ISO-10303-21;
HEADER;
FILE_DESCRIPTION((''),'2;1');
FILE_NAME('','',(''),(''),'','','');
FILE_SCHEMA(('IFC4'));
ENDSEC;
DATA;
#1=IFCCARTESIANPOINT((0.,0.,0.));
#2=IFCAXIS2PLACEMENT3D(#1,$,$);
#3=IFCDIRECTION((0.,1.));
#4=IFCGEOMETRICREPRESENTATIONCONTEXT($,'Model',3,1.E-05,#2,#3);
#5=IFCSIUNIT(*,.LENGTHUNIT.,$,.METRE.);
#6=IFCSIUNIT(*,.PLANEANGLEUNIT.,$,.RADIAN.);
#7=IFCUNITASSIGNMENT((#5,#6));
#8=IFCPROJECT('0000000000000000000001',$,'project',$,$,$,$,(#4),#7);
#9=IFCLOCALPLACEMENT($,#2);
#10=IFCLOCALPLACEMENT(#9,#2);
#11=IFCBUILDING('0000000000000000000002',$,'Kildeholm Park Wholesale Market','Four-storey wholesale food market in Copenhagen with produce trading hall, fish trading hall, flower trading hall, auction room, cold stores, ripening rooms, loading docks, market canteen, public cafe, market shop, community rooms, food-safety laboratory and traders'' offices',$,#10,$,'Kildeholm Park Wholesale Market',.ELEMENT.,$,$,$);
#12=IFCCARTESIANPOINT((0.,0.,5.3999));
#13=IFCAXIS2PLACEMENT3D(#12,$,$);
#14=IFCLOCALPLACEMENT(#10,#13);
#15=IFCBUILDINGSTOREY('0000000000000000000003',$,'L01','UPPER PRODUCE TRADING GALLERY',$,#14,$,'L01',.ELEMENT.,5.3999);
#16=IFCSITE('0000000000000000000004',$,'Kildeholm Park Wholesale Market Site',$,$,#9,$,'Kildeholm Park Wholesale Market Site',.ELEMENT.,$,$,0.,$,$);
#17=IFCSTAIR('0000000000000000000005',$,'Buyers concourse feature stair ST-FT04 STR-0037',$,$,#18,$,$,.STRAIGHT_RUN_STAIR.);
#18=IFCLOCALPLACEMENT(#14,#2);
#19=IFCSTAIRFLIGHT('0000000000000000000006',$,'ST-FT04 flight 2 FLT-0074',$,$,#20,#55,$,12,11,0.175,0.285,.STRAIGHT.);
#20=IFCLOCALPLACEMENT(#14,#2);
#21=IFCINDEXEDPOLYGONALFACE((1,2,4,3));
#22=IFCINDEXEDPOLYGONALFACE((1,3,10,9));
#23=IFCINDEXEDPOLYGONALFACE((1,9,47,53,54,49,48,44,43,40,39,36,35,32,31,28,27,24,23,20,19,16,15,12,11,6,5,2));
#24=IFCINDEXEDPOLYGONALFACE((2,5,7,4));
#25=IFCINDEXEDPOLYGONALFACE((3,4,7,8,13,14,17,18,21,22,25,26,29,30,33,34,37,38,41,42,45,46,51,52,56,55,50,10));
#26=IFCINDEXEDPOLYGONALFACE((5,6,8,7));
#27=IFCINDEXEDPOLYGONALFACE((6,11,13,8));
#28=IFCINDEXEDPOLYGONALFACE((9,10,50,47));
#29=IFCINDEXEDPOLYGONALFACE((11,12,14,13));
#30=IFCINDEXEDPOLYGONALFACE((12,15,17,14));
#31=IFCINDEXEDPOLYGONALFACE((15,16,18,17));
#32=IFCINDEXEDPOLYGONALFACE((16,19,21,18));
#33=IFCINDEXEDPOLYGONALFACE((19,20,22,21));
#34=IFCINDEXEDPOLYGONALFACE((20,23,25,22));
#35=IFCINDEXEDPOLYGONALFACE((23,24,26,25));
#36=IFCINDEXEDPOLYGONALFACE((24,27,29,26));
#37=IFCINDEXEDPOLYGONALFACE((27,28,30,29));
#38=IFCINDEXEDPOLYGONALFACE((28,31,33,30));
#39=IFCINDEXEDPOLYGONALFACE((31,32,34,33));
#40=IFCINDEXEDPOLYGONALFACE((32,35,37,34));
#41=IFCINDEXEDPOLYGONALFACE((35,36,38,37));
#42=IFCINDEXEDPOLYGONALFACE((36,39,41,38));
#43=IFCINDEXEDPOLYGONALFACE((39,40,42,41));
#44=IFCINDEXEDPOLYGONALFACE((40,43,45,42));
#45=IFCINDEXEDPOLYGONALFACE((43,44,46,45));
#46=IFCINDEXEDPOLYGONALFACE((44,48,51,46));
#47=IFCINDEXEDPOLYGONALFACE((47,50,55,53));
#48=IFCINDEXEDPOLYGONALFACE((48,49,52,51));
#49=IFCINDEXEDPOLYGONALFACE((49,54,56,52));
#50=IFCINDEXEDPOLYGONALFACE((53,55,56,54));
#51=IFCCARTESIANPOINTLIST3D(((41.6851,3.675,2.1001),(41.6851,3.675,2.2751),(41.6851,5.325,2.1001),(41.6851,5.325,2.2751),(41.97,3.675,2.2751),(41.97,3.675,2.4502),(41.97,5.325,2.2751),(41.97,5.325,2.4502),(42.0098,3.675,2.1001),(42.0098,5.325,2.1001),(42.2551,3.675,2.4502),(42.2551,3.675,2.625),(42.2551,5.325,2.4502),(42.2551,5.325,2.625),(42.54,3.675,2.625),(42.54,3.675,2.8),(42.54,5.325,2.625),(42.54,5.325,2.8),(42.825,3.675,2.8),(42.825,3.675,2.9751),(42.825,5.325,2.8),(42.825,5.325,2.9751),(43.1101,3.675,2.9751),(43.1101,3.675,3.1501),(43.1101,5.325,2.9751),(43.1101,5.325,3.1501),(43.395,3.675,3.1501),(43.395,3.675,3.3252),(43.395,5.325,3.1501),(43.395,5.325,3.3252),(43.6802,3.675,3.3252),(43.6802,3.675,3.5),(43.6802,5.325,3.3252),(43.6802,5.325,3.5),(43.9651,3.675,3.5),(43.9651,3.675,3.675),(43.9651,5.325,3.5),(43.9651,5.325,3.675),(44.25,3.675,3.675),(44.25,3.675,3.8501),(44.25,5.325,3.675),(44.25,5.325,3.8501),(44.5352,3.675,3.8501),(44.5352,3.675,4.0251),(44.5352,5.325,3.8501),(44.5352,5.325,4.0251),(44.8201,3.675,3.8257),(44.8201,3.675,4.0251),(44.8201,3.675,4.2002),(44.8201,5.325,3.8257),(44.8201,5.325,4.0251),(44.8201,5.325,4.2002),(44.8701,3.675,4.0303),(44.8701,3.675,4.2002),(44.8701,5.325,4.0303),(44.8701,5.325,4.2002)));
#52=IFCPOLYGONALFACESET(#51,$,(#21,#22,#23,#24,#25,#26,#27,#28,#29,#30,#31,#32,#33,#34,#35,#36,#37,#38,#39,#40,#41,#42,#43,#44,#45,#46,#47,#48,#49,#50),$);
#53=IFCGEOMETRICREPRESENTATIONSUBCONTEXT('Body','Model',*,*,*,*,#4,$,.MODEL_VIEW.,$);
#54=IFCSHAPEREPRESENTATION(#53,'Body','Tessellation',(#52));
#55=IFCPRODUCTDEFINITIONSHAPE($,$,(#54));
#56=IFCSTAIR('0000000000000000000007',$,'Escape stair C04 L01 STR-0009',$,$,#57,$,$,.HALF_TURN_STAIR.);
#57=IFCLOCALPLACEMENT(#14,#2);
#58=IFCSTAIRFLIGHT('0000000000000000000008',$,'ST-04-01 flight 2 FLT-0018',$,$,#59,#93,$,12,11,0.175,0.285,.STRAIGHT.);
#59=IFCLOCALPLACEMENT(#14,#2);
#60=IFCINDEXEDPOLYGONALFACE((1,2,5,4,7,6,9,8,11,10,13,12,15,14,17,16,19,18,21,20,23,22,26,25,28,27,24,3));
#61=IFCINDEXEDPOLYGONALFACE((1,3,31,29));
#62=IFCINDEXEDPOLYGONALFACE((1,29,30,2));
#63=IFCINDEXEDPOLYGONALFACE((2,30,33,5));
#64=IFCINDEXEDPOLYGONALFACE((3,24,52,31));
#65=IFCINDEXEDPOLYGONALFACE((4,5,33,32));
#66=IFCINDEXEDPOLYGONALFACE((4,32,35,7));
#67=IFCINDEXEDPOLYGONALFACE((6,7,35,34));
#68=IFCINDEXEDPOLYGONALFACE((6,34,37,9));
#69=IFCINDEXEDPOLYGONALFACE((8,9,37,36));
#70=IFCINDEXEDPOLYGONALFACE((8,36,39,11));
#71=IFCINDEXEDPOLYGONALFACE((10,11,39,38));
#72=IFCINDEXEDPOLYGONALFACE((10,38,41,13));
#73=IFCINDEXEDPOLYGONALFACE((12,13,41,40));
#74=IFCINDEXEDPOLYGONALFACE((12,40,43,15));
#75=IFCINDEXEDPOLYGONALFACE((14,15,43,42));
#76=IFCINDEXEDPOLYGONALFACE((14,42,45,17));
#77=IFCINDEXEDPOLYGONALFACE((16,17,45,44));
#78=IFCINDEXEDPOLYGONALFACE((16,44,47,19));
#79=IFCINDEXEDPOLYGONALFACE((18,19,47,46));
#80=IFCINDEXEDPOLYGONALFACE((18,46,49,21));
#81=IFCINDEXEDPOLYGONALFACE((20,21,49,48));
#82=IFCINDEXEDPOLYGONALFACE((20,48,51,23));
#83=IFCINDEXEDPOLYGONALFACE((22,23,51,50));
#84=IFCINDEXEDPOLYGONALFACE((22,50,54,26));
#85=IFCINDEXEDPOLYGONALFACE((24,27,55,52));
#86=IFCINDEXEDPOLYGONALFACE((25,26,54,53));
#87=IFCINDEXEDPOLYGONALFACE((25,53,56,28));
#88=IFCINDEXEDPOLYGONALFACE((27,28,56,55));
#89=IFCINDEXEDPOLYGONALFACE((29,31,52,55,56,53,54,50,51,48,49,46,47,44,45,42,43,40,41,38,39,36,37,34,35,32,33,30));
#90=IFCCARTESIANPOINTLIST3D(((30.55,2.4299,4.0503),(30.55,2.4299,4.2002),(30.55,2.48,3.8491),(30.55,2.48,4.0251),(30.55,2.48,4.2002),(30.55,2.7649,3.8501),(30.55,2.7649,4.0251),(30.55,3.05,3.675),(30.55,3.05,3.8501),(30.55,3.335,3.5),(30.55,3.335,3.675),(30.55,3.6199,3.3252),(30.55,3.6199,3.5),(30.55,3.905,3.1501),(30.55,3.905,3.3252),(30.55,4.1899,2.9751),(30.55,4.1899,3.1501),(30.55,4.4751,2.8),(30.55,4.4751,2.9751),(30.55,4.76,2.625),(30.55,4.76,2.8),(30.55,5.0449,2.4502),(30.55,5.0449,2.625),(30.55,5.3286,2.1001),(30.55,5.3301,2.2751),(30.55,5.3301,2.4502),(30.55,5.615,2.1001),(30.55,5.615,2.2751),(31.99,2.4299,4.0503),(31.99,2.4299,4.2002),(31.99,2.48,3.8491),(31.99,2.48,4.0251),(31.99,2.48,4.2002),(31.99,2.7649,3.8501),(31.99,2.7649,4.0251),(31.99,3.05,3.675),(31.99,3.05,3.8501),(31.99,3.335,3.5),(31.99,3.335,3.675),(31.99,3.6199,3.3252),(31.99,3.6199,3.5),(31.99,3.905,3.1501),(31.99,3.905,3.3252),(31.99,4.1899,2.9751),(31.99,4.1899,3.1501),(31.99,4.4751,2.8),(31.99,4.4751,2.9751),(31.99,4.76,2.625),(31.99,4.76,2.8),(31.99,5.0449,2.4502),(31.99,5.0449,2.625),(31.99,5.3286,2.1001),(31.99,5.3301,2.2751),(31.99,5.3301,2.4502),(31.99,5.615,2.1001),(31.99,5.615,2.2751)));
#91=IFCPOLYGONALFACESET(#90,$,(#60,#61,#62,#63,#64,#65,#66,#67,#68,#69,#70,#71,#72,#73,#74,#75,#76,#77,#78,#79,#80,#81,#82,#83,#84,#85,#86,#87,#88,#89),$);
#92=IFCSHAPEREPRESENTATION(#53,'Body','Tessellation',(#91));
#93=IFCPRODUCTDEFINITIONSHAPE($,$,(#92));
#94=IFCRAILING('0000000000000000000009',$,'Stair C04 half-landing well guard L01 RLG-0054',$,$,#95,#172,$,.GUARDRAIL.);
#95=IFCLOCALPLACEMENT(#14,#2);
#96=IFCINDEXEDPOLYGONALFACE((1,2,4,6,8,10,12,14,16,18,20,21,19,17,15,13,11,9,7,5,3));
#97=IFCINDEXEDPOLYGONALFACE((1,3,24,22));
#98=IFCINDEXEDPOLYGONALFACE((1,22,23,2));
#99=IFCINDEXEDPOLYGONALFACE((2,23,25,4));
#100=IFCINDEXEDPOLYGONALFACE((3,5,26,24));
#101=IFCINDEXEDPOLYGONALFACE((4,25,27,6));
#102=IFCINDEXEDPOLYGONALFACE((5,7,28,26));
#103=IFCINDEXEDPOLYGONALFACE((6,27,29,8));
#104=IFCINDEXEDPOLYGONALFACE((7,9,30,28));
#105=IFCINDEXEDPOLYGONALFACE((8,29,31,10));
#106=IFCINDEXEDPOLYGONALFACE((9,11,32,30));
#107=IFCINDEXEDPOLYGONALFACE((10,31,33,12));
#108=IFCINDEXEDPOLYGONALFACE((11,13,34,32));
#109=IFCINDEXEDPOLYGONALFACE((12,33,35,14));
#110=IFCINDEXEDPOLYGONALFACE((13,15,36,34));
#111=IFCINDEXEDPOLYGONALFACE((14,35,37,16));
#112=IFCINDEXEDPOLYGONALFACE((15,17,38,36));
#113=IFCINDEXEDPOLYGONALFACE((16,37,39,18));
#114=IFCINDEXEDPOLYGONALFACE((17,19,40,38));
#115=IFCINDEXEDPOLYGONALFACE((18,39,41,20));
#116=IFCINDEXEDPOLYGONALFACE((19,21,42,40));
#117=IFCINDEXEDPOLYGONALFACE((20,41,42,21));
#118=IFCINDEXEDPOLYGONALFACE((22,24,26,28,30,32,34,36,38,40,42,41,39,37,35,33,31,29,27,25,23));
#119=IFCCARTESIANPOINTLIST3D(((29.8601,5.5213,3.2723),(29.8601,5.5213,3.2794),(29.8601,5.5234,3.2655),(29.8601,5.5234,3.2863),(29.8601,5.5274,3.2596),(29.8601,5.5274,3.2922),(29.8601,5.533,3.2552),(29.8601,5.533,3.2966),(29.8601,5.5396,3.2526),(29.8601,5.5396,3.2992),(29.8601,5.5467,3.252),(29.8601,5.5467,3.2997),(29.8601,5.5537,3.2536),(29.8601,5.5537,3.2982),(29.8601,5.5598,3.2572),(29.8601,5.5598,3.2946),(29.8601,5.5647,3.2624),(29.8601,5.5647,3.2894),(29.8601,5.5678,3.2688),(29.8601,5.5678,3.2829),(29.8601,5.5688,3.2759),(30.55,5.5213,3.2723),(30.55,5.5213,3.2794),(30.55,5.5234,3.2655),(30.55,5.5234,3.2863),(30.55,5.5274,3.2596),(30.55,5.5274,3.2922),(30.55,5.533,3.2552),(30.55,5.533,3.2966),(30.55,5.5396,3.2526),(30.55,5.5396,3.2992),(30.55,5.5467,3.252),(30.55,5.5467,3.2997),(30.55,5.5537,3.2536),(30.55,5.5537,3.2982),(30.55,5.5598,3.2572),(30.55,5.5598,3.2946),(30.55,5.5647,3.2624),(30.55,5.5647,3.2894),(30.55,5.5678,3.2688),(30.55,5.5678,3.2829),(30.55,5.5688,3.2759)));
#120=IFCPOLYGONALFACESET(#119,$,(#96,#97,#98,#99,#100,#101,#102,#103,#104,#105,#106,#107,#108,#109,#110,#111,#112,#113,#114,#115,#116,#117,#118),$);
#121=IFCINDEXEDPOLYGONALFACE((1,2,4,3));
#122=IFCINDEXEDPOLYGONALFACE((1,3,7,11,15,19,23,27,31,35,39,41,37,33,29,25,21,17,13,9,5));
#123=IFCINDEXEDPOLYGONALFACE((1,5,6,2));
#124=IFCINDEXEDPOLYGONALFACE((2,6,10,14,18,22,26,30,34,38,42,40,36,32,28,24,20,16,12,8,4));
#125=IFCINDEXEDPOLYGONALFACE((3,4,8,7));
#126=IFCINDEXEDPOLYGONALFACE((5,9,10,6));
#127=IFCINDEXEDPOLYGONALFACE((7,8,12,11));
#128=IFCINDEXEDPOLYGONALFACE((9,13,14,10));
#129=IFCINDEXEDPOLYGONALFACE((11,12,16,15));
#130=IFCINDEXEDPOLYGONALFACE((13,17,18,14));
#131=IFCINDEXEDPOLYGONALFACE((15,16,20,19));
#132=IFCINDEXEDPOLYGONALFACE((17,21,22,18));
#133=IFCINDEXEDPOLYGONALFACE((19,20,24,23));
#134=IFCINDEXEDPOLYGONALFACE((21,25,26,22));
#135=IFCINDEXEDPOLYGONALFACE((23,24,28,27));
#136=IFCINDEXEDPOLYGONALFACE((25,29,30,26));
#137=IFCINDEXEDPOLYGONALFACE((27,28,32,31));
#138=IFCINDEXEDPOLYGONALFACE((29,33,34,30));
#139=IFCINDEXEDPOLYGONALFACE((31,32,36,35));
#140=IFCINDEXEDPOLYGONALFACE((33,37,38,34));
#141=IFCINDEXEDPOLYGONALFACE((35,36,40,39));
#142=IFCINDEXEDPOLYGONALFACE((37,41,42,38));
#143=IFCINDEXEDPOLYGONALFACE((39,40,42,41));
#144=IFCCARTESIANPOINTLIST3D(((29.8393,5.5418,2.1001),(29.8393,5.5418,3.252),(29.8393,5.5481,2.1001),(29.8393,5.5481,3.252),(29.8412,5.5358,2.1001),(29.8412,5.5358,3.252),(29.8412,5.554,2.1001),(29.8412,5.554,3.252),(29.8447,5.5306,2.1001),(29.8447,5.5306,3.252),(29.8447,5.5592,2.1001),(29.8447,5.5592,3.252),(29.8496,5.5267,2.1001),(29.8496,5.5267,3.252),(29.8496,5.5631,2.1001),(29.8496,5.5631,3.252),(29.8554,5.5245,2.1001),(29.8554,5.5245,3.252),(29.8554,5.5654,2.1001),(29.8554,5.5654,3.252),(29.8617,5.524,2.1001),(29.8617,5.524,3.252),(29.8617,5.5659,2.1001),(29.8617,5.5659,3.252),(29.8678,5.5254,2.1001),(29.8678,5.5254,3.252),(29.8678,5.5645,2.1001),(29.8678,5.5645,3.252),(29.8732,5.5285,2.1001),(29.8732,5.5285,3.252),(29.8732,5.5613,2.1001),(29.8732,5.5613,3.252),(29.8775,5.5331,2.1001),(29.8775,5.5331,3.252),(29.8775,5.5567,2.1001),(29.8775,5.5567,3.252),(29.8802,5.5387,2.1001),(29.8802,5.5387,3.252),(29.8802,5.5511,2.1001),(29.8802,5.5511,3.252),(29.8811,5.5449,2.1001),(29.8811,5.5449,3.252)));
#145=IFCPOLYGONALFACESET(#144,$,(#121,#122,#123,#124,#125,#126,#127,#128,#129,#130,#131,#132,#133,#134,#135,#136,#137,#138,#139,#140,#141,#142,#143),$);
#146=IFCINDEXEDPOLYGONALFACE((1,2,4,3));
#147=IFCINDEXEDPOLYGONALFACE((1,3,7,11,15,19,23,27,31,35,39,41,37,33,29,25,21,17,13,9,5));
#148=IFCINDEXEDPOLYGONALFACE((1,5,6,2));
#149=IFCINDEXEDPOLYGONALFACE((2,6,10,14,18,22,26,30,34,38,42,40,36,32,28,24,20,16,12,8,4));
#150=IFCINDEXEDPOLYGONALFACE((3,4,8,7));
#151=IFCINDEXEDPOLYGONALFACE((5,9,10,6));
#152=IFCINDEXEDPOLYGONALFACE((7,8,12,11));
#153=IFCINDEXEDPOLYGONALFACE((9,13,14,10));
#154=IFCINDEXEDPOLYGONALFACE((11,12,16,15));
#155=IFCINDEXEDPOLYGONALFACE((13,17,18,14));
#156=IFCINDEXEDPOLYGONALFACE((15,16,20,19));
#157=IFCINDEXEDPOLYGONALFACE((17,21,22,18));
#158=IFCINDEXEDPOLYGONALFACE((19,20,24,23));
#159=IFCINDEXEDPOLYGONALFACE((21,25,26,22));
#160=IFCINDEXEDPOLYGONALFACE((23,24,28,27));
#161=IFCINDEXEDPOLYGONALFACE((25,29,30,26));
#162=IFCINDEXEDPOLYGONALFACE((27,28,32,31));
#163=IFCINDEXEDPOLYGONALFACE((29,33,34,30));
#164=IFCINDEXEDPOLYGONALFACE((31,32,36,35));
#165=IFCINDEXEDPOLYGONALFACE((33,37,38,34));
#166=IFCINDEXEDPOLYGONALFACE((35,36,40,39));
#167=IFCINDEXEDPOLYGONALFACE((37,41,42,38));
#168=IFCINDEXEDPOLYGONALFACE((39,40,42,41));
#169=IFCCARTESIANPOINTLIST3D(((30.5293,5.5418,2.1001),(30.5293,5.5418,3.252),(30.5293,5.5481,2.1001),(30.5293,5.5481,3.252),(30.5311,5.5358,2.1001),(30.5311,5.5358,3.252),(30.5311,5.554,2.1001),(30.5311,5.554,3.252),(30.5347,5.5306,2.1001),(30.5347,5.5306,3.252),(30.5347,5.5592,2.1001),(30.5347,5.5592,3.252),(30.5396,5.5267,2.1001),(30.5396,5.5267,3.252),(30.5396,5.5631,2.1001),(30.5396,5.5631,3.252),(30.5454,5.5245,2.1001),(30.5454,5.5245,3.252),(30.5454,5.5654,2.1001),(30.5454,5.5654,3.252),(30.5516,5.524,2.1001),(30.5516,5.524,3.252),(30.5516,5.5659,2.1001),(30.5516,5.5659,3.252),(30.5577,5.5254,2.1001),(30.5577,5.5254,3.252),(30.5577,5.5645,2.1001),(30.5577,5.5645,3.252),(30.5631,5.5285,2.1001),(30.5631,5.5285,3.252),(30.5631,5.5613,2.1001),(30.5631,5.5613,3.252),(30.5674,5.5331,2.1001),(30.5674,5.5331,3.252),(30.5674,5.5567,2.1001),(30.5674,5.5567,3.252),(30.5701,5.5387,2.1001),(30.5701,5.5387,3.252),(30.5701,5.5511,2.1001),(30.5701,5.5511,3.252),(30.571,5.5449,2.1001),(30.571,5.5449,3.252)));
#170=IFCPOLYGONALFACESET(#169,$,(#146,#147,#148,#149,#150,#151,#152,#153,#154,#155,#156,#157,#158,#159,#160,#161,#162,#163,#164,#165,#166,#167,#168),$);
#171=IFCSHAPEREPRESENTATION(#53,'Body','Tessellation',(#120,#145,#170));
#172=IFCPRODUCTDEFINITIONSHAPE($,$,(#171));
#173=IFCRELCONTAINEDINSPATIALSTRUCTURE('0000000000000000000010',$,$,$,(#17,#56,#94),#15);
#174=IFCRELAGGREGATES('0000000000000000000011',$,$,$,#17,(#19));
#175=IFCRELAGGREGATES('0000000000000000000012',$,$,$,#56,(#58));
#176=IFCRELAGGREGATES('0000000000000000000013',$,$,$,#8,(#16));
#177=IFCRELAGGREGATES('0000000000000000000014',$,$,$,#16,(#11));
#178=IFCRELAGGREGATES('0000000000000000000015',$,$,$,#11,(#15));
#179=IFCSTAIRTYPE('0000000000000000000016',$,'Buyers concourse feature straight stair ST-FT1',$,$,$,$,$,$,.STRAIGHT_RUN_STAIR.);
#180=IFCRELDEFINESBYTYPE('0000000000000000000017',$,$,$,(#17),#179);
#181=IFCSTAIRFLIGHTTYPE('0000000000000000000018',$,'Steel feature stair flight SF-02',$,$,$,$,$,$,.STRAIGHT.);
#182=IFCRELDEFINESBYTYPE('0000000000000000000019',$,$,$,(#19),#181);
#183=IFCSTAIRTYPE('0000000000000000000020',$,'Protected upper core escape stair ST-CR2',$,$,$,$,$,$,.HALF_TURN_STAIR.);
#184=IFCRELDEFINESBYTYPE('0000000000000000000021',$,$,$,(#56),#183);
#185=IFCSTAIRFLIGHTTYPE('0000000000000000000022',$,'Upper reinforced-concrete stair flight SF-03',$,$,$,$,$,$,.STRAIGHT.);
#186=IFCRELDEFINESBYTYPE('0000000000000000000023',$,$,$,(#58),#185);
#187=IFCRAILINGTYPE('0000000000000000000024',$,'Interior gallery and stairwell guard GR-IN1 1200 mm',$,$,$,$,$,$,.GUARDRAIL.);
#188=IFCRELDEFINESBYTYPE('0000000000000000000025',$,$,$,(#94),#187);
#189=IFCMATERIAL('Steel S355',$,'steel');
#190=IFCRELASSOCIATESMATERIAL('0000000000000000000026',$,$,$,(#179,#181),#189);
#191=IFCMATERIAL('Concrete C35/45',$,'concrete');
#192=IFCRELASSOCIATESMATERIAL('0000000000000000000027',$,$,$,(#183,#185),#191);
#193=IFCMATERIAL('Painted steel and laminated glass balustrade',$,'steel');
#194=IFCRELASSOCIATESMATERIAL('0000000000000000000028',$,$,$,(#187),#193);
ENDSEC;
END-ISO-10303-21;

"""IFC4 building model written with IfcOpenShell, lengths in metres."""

from ifc_helpers import new_model, si_unit, direction, frame, origin, origin_2d, place, context, subcontext, project, spatial, polyline, circle, outline, extrude, material, type_object, element, aggregate, save


model = new_model("IFC4")

# Units and contexts
model_context = context("Model", 3, precision=1e-05, world=origin(), true_north=direction((0.0, 1.0)))
body_context = subcontext(model_context, "Body", "Model", "MODEL_VIEW")
ifc_project = project(units=[si_unit("LENGTHUNIT", "METRE"), si_unit("PLANEANGLEUNIT", "RADIAN")], contexts=[model_context])

# Site, building, storey
site_placement = place(None, origin())
site = spatial("IfcSite", under=ifc_project, at=site_placement, Name="Kildeholm Park Wholesale Market Site", LongName="Kildeholm Park Wholesale Market Site", CompositionType="ELEMENT", RefElevation=0.0)
building_placement = place(site_placement, origin())
building = spatial("IfcBuilding", under=site, at=building_placement, Name="Kildeholm Park Wholesale Market", Description="Four-storey wholesale food market in Copenhagen with produce trading hall, fish trading hall, flower trading hall, auction room, cold stores, ripening rooms, loading docks, market canteen, public cafe, market shop, community rooms, food-safety laboratory and traders' offices", LongName="Kildeholm Park Wholesale Market", CompositionType="ELEMENT")
storey_placement = place(building_placement, frame((0.0, 0.0, 5.3999)))
storey = spatial("IfcBuildingStorey", under=building, at=storey_placement, Name="L01", Description="UPPER PRODUCE TRADING GALLERY", LongName="L01", CompositionType="ELEMENT", Elevation=5.3999)

# Shared definitions
ifc_material_1 = material(Name="Steel S355", Category="steel")

# Stair, stair flight
stair_type_1 = type_object("IfcStairType", Name="Buyers concourse feature straight stair ST-FT1", PredefinedType="STRAIGHT_RUN_STAIR", material=ifc_material_1)
stair_1_placement = place(storey_placement, origin())
stair_1 = element("IfcStair", 1, at=stair_1_placement, inside=storey, type_object=stair_type_1, Name="Buyers concourse feature stair ST-FT04 STR-0037", PredefinedType="STRAIGHT_RUN_STAIR")
stair_flight_type_1 = type_object("IfcStairFlightType", Name="Steel feature stair flight SF-02", PredefinedType="STRAIGHT", material=ifc_material_1)
stair_flight_1_placement = place(storey_placement, frame((41.6851, 4.5, 2.1001), z_axis=(0.0, 0.0, 1.0), x_axis=(1.0, 0.0, 0.0)))
stair_flight_1 = element("IfcStairFlight", 2, at=stair_flight_1_placement, type_object=stair_flight_type_1, Name="ST-FT04 flight 2 FLT-0074", NumberOfRisers=12, NumberOfTreads=11, PredefinedType="STRAIGHT", RiserHeight=0.175, TreadLength=0.285, context=body_context, shape_type="SweptSolid", body=[
    extrude(outline(polyline([(0.0, 0.0), (0.0, 0.175), (0.2849, 0.175), (0.2849, 0.3501), (0.5701, 0.3501), (0.5701, 0.5249), (0.855, 0.5249), (0.855, 0.7), (1.1399, 0.7), (1.1399, 0.875), (1.425, 0.875), (1.425, 1.05), (1.71, 1.05), (1.71, 1.2251), (1.9951, 1.2251), (1.9951, 1.3999), (2.28, 1.3999), (2.28, 1.575), (2.5649, 1.575), (2.5649, 1.75), (2.8501, 1.75), (2.8501, 1.925), (3.135, 1.925), (3.135, 2.1001), (3.1851, 2.1001), (3.1851, 1.9302), (3.135, 1.7256), (0.3247, 0.0), (0.0, 0.0)])), frame((0.0, 0.825, 0.0), z_axis=(0.0, -1.0, 0.0), x_axis=(1.0, 0.0, 0.0)), (0.0, 0.0, 1.0), 1.6499),
])
aggregate(stair_1, [stair_flight_1])

# Stair, stair flight
ifc_material_2 = material(Name="Concrete C35/45", Category="concrete")
stair_type_2 = type_object("IfcStairType", Name="Protected upper core escape stair ST-CR2", PredefinedType="HALF_TURN_STAIR", material=ifc_material_2)
stair_2_placement = place(storey_placement, origin())
stair_2 = element("IfcStair", 3, at=stair_2_placement, inside=storey, type_object=stair_type_2, Name="Escape stair C04 L01 STR-0009", PredefinedType="HALF_TURN_STAIR")
stair_flight_type_2 = type_object("IfcStairFlightType", Name="Upper reinforced-concrete stair flight SF-03", PredefinedType="STRAIGHT", material=ifc_material_2)
stair_flight_2_placement = place(storey_placement, frame((31.27, 5.615, 2.1001), z_axis=(0.0, 0.0, 1.0), x_axis=(0.0, -1.0, 0.0)))
stair_flight_2 = element("IfcStairFlight", 4, at=stair_flight_2_placement, type_object=stair_flight_type_2, Name="ST-04-01 flight 2 FLT-0018", NumberOfRisers=12, NumberOfTreads=11, PredefinedType="STRAIGHT", RiserHeight=0.175, TreadLength=0.285, context=body_context, shape_type="SweptSolid", body=[
    extrude(outline(polyline([(0.0, 0.0), (0.0, 0.175), (0.2849, 0.175), (0.2849, 0.3501), (0.5701, 0.3501), (0.5701, 0.5249), (0.855, 0.5249), (0.855, 0.7), (1.1399, 0.7), (1.1399, 0.875), (1.425, 0.875), (1.425, 1.05), (1.71, 1.05), (1.71, 1.2251), (1.9951, 1.2251), (1.9951, 1.3999), (2.28, 1.3999), (2.28, 1.575), (2.5649, 1.575), (2.5649, 1.75), (2.8501, 1.75), (2.8501, 1.925), (3.135, 1.925), (3.135, 2.1001), (3.1851, 2.1001), (3.1851, 1.9502), (3.135, 1.749), (0.2864, 0.0), (0.0, 0.0)])), frame((0.0, 0.72, 0.0), z_axis=(0.0, -1.0, 0.0), x_axis=(1.0, 0.0, 0.0)), (0.0, 0.0, 1.0), 1.4399),
])
aggregate(stair_2, [stair_flight_2])

# Railing
ifc_material_3 = material(Name="Painted steel and laminated glass balustrade", Category="steel")
railing_type_1 = type_object("IfcRailingType", Name="Interior gallery and stairwell guard GR-IN1 1200 mm", PredefinedType="GUARDRAIL", material=ifc_material_3)
railing_1_placement = place(storey_placement, frame((29.8601, 5.5449, 2.1001)))
element("IfcRailing", 5, at=railing_1_placement, inside=storey, type_object=railing_type_1, Name="Stair C04 half-landing well guard L01 RLG-0054", PredefinedType="GUARDRAIL", context=body_context, shape_type="SweptSolid", body=[
    extrude(circle(Radius=0.0239, at=origin_2d()), frame((0.0, 0.0, 1.1758), z_axis=(1.0, 0.0, 0.0), x_axis=(0.0, 1.0, 0.0)), (0.0, 0.0, 1.0), 0.6899),
    extrude(circle(Radius=0.021, at=origin_2d()), origin(), (0.0, 0.0, 1.0), 1.1519),
    extrude(circle(Radius=0.021, at=origin_2d()), frame((0.6899, 0.0, 0.0)), (0.0, 0.0, 1.0), 1.1519),
])

save(model, "model.ifc")
